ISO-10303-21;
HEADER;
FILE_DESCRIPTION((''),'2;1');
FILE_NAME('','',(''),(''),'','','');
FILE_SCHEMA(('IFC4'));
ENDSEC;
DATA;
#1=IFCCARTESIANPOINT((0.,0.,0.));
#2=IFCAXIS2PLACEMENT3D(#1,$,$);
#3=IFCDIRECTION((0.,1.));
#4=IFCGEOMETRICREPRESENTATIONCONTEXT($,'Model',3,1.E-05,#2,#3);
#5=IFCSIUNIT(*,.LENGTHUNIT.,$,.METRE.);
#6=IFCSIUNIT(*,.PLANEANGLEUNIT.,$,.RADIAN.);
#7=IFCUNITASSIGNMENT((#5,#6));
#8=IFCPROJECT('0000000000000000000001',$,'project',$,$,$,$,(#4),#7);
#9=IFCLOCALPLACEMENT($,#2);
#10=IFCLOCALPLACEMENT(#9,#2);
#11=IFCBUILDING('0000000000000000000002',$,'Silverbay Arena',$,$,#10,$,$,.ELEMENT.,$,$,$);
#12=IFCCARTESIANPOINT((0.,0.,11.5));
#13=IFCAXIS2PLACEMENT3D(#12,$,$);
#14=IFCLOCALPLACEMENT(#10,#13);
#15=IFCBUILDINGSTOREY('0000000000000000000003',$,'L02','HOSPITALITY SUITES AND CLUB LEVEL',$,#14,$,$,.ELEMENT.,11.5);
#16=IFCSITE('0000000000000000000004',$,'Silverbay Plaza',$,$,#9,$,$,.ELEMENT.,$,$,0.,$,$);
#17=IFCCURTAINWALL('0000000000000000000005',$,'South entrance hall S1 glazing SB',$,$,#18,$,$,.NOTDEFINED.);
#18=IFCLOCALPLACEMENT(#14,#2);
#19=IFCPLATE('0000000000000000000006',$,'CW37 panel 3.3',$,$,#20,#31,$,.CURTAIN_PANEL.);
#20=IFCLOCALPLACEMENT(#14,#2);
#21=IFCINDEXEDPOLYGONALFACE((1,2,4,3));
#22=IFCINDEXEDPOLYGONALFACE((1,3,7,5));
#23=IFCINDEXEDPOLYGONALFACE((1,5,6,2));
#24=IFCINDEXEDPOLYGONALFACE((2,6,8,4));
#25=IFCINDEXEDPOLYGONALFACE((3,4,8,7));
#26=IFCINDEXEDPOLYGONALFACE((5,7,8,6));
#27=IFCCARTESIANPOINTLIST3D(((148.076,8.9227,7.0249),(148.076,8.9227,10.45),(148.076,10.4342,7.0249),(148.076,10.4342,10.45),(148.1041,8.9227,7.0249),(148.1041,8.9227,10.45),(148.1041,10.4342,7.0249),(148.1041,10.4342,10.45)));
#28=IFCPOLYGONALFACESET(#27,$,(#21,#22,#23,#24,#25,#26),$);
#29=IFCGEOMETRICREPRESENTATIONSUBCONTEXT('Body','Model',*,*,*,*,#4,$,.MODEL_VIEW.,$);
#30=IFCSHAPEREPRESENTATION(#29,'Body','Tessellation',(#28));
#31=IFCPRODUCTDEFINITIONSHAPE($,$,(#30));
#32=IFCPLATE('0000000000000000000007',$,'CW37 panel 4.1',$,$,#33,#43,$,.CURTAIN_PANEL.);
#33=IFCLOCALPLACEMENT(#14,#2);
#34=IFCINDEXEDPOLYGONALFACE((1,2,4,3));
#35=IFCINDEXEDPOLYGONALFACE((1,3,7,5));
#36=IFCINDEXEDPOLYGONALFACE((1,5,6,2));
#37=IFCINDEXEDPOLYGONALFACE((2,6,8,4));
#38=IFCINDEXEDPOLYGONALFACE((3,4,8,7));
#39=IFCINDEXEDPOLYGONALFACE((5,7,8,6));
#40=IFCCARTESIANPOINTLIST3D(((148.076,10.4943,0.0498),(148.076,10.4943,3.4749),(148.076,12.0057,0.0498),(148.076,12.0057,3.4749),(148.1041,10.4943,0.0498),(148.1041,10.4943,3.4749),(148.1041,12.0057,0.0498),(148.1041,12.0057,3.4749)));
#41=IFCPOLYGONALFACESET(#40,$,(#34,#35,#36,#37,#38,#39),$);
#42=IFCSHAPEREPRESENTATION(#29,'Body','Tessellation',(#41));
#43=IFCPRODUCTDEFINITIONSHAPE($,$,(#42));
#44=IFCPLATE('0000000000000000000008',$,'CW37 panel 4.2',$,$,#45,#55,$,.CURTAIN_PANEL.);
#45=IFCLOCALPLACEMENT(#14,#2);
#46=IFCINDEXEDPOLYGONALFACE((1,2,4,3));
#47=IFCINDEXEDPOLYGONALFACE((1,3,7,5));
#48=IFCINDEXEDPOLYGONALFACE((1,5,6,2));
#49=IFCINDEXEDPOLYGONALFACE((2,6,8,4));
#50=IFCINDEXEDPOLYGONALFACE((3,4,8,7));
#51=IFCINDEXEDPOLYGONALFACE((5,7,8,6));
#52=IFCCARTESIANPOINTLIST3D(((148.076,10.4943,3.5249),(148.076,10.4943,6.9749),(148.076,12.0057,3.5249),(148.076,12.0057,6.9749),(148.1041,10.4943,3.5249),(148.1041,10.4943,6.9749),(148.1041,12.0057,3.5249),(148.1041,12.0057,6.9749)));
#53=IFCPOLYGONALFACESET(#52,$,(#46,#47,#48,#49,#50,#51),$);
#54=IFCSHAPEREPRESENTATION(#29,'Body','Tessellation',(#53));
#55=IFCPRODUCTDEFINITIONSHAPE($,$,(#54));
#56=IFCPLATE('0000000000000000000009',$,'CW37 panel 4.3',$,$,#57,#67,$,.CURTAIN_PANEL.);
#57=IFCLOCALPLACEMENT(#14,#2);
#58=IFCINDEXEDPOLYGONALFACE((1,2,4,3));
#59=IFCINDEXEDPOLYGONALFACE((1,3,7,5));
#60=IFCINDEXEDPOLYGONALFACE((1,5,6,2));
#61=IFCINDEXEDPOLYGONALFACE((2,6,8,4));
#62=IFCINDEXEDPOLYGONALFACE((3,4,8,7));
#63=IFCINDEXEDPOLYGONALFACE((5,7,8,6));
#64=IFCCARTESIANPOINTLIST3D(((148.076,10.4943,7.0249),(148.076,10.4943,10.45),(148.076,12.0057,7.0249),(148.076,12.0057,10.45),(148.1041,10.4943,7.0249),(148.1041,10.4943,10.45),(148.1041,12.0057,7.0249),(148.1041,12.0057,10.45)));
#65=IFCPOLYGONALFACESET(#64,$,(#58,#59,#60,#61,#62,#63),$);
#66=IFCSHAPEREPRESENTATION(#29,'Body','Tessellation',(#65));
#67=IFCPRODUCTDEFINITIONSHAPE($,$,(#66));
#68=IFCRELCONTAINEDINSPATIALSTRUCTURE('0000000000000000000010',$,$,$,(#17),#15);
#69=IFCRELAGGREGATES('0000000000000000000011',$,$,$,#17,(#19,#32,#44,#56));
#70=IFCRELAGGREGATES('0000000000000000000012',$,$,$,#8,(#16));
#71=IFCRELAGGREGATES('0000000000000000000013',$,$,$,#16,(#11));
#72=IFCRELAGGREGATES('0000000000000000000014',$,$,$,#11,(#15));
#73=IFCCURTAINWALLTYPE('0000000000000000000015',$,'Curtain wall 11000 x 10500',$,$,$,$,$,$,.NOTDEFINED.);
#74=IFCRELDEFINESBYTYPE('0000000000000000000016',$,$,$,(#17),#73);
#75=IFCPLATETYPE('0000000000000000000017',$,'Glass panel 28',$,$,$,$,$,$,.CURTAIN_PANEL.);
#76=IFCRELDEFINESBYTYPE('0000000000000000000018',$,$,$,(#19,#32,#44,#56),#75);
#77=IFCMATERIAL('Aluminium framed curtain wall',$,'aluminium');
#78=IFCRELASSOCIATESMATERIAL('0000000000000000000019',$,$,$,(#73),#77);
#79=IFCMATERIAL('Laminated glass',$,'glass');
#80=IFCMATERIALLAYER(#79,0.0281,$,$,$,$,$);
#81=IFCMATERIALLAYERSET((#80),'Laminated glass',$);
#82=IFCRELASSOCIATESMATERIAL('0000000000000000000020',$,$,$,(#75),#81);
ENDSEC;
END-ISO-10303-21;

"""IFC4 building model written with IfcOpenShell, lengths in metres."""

from ifc_helpers import new_model, si_unit, direction, frame, origin, origin_2d, place, context, subcontext, project, spatial, rectangle, extrude, material, layer, layer_set, type_object, element, aggregate, save


model = new_model("IFC4")

# Units and contexts
model_context = context("Model", 3, precision=1e-05, world=origin(), true_north=direction((0.0, 1.0)))
body_context = subcontext(model_context, "Body", "Model", "MODEL_VIEW")
ifc_project = project(units=[si_unit("LENGTHUNIT", "METRE"), si_unit("PLANEANGLEUNIT", "RADIAN")], contexts=[model_context])

# Site, building, storey
site_placement = place(None, origin())
site = spatial("IfcSite", under=ifc_project, at=site_placement, Name="Silverbay Plaza", CompositionType="ELEMENT", RefElevation=0.0)
building_placement = place(site_placement, origin())
building = spatial("IfcBuilding", under=site, at=building_placement, Name="Silverbay Arena", CompositionType="ELEMENT")
storey_placement = place(building_placement, frame((0.0, 0.0, 11.5)))
storey = spatial("IfcBuildingStorey", under=building, at=storey_placement, Name="L02", Description="HOSPITALITY SUITES AND CLUB LEVEL", CompositionType="ELEMENT", Elevation=11.5)

# Curtain wall, plates
ifc_material_1 = material(Name="Aluminium framed curtain wall", Category="aluminium")
curtain_wall_type_1 = type_object("IfcCurtainWallType", Name="Curtain wall 11000 x 10500", PredefinedType="NOTDEFINED", material=ifc_material_1)
curtain_wall_1_placement = place(storey_placement, origin())
curtain_wall_1 = element("IfcCurtainWall", 1, at=curtain_wall_1_placement, inside=storey, type_object=curtain_wall_type_1, Name="South entrance hall S1 glazing SB", PredefinedType="NOTDEFINED")
ifc_material_2 = material(Name="Laminated glass", Category="glass")
ifc_layer = layer(ifc_material_2, 0.0281)
ifc_layer_set = layer_set([ifc_layer], Name="Laminated glass")
plate_type = type_object("IfcPlateType", Name="Glass panel 28", PredefinedType="CURTAIN_PANEL", material=ifc_layer_set)
plate_1_placement = place(storey_placement, frame((148.0901, 9.6785, 7.0249), z_axis=(0.0, 0.0, 1.0), x_axis=(0.0, 1.0, 0.0)))
plate_1 = element("IfcPlate", 2, at=plate_1_placement, type_object=plate_type, Name="CW37 panel 3.3", PredefinedType="CURTAIN_PANEL", context=body_context, shape_type="SweptSolid", body=[
    extrude(rectangle(XDim=1.5115, YDim=0.0281, at=origin_2d()), origin(), (0.0, 0.0, 1.0), 3.425),
])
plate_2_placement = place(storey_placement, frame((148.0901, 11.25, 0.0498), z_axis=(0.0, 0.0, 1.0), x_axis=(0.0, 1.0, 0.0)))
plate_2 = element("IfcPlate", 3, at=plate_2_placement, type_object=plate_type, Name="CW37 panel 4.1", PredefinedType="CURTAIN_PANEL", context=body_context, shape_type="SweptSolid", body=[
    extrude(rectangle(XDim=1.5115, YDim=0.0281, at=origin_2d()), origin(), (0.0, 0.0, 1.0), 3.425),
])
plate_3_placement = place(storey_placement, frame((148.0901, 11.25, 3.5249), z_axis=(0.0, 0.0, 1.0), x_axis=(0.0, 1.0, 0.0)))
plate_3 = element("IfcPlate", 4, at=plate_3_placement, type_object=plate_type, Name="CW37 panel 4.2", PredefinedType="CURTAIN_PANEL", context=body_context, shape_type="SweptSolid", body=[
    extrude(rectangle(XDim=1.5115, YDim=0.0281, at=origin_2d()), origin(), (0.0, 0.0, 1.0), 3.45),
])
plate_4_placement = place(storey_placement, frame((148.0901, 11.25, 7.0249), z_axis=(0.0, 0.0, 1.0), x_axis=(0.0, 1.0, 0.0)))
plate_4 = element("IfcPlate", 5, at=plate_4_placement, type_object=plate_type, Name="CW37 panel 4.3", PredefinedType="CURTAIN_PANEL", context=body_context, shape_type="SweptSolid", body=[
    extrude(rectangle(XDim=1.5115, YDim=0.0281, at=origin_2d()), origin(), (0.0, 0.0, 1.0), 3.425),
])
aggregate(curtain_wall_1, [plate_1, plate_2, plate_3, plate_4])

save(model, "model.ifc")
